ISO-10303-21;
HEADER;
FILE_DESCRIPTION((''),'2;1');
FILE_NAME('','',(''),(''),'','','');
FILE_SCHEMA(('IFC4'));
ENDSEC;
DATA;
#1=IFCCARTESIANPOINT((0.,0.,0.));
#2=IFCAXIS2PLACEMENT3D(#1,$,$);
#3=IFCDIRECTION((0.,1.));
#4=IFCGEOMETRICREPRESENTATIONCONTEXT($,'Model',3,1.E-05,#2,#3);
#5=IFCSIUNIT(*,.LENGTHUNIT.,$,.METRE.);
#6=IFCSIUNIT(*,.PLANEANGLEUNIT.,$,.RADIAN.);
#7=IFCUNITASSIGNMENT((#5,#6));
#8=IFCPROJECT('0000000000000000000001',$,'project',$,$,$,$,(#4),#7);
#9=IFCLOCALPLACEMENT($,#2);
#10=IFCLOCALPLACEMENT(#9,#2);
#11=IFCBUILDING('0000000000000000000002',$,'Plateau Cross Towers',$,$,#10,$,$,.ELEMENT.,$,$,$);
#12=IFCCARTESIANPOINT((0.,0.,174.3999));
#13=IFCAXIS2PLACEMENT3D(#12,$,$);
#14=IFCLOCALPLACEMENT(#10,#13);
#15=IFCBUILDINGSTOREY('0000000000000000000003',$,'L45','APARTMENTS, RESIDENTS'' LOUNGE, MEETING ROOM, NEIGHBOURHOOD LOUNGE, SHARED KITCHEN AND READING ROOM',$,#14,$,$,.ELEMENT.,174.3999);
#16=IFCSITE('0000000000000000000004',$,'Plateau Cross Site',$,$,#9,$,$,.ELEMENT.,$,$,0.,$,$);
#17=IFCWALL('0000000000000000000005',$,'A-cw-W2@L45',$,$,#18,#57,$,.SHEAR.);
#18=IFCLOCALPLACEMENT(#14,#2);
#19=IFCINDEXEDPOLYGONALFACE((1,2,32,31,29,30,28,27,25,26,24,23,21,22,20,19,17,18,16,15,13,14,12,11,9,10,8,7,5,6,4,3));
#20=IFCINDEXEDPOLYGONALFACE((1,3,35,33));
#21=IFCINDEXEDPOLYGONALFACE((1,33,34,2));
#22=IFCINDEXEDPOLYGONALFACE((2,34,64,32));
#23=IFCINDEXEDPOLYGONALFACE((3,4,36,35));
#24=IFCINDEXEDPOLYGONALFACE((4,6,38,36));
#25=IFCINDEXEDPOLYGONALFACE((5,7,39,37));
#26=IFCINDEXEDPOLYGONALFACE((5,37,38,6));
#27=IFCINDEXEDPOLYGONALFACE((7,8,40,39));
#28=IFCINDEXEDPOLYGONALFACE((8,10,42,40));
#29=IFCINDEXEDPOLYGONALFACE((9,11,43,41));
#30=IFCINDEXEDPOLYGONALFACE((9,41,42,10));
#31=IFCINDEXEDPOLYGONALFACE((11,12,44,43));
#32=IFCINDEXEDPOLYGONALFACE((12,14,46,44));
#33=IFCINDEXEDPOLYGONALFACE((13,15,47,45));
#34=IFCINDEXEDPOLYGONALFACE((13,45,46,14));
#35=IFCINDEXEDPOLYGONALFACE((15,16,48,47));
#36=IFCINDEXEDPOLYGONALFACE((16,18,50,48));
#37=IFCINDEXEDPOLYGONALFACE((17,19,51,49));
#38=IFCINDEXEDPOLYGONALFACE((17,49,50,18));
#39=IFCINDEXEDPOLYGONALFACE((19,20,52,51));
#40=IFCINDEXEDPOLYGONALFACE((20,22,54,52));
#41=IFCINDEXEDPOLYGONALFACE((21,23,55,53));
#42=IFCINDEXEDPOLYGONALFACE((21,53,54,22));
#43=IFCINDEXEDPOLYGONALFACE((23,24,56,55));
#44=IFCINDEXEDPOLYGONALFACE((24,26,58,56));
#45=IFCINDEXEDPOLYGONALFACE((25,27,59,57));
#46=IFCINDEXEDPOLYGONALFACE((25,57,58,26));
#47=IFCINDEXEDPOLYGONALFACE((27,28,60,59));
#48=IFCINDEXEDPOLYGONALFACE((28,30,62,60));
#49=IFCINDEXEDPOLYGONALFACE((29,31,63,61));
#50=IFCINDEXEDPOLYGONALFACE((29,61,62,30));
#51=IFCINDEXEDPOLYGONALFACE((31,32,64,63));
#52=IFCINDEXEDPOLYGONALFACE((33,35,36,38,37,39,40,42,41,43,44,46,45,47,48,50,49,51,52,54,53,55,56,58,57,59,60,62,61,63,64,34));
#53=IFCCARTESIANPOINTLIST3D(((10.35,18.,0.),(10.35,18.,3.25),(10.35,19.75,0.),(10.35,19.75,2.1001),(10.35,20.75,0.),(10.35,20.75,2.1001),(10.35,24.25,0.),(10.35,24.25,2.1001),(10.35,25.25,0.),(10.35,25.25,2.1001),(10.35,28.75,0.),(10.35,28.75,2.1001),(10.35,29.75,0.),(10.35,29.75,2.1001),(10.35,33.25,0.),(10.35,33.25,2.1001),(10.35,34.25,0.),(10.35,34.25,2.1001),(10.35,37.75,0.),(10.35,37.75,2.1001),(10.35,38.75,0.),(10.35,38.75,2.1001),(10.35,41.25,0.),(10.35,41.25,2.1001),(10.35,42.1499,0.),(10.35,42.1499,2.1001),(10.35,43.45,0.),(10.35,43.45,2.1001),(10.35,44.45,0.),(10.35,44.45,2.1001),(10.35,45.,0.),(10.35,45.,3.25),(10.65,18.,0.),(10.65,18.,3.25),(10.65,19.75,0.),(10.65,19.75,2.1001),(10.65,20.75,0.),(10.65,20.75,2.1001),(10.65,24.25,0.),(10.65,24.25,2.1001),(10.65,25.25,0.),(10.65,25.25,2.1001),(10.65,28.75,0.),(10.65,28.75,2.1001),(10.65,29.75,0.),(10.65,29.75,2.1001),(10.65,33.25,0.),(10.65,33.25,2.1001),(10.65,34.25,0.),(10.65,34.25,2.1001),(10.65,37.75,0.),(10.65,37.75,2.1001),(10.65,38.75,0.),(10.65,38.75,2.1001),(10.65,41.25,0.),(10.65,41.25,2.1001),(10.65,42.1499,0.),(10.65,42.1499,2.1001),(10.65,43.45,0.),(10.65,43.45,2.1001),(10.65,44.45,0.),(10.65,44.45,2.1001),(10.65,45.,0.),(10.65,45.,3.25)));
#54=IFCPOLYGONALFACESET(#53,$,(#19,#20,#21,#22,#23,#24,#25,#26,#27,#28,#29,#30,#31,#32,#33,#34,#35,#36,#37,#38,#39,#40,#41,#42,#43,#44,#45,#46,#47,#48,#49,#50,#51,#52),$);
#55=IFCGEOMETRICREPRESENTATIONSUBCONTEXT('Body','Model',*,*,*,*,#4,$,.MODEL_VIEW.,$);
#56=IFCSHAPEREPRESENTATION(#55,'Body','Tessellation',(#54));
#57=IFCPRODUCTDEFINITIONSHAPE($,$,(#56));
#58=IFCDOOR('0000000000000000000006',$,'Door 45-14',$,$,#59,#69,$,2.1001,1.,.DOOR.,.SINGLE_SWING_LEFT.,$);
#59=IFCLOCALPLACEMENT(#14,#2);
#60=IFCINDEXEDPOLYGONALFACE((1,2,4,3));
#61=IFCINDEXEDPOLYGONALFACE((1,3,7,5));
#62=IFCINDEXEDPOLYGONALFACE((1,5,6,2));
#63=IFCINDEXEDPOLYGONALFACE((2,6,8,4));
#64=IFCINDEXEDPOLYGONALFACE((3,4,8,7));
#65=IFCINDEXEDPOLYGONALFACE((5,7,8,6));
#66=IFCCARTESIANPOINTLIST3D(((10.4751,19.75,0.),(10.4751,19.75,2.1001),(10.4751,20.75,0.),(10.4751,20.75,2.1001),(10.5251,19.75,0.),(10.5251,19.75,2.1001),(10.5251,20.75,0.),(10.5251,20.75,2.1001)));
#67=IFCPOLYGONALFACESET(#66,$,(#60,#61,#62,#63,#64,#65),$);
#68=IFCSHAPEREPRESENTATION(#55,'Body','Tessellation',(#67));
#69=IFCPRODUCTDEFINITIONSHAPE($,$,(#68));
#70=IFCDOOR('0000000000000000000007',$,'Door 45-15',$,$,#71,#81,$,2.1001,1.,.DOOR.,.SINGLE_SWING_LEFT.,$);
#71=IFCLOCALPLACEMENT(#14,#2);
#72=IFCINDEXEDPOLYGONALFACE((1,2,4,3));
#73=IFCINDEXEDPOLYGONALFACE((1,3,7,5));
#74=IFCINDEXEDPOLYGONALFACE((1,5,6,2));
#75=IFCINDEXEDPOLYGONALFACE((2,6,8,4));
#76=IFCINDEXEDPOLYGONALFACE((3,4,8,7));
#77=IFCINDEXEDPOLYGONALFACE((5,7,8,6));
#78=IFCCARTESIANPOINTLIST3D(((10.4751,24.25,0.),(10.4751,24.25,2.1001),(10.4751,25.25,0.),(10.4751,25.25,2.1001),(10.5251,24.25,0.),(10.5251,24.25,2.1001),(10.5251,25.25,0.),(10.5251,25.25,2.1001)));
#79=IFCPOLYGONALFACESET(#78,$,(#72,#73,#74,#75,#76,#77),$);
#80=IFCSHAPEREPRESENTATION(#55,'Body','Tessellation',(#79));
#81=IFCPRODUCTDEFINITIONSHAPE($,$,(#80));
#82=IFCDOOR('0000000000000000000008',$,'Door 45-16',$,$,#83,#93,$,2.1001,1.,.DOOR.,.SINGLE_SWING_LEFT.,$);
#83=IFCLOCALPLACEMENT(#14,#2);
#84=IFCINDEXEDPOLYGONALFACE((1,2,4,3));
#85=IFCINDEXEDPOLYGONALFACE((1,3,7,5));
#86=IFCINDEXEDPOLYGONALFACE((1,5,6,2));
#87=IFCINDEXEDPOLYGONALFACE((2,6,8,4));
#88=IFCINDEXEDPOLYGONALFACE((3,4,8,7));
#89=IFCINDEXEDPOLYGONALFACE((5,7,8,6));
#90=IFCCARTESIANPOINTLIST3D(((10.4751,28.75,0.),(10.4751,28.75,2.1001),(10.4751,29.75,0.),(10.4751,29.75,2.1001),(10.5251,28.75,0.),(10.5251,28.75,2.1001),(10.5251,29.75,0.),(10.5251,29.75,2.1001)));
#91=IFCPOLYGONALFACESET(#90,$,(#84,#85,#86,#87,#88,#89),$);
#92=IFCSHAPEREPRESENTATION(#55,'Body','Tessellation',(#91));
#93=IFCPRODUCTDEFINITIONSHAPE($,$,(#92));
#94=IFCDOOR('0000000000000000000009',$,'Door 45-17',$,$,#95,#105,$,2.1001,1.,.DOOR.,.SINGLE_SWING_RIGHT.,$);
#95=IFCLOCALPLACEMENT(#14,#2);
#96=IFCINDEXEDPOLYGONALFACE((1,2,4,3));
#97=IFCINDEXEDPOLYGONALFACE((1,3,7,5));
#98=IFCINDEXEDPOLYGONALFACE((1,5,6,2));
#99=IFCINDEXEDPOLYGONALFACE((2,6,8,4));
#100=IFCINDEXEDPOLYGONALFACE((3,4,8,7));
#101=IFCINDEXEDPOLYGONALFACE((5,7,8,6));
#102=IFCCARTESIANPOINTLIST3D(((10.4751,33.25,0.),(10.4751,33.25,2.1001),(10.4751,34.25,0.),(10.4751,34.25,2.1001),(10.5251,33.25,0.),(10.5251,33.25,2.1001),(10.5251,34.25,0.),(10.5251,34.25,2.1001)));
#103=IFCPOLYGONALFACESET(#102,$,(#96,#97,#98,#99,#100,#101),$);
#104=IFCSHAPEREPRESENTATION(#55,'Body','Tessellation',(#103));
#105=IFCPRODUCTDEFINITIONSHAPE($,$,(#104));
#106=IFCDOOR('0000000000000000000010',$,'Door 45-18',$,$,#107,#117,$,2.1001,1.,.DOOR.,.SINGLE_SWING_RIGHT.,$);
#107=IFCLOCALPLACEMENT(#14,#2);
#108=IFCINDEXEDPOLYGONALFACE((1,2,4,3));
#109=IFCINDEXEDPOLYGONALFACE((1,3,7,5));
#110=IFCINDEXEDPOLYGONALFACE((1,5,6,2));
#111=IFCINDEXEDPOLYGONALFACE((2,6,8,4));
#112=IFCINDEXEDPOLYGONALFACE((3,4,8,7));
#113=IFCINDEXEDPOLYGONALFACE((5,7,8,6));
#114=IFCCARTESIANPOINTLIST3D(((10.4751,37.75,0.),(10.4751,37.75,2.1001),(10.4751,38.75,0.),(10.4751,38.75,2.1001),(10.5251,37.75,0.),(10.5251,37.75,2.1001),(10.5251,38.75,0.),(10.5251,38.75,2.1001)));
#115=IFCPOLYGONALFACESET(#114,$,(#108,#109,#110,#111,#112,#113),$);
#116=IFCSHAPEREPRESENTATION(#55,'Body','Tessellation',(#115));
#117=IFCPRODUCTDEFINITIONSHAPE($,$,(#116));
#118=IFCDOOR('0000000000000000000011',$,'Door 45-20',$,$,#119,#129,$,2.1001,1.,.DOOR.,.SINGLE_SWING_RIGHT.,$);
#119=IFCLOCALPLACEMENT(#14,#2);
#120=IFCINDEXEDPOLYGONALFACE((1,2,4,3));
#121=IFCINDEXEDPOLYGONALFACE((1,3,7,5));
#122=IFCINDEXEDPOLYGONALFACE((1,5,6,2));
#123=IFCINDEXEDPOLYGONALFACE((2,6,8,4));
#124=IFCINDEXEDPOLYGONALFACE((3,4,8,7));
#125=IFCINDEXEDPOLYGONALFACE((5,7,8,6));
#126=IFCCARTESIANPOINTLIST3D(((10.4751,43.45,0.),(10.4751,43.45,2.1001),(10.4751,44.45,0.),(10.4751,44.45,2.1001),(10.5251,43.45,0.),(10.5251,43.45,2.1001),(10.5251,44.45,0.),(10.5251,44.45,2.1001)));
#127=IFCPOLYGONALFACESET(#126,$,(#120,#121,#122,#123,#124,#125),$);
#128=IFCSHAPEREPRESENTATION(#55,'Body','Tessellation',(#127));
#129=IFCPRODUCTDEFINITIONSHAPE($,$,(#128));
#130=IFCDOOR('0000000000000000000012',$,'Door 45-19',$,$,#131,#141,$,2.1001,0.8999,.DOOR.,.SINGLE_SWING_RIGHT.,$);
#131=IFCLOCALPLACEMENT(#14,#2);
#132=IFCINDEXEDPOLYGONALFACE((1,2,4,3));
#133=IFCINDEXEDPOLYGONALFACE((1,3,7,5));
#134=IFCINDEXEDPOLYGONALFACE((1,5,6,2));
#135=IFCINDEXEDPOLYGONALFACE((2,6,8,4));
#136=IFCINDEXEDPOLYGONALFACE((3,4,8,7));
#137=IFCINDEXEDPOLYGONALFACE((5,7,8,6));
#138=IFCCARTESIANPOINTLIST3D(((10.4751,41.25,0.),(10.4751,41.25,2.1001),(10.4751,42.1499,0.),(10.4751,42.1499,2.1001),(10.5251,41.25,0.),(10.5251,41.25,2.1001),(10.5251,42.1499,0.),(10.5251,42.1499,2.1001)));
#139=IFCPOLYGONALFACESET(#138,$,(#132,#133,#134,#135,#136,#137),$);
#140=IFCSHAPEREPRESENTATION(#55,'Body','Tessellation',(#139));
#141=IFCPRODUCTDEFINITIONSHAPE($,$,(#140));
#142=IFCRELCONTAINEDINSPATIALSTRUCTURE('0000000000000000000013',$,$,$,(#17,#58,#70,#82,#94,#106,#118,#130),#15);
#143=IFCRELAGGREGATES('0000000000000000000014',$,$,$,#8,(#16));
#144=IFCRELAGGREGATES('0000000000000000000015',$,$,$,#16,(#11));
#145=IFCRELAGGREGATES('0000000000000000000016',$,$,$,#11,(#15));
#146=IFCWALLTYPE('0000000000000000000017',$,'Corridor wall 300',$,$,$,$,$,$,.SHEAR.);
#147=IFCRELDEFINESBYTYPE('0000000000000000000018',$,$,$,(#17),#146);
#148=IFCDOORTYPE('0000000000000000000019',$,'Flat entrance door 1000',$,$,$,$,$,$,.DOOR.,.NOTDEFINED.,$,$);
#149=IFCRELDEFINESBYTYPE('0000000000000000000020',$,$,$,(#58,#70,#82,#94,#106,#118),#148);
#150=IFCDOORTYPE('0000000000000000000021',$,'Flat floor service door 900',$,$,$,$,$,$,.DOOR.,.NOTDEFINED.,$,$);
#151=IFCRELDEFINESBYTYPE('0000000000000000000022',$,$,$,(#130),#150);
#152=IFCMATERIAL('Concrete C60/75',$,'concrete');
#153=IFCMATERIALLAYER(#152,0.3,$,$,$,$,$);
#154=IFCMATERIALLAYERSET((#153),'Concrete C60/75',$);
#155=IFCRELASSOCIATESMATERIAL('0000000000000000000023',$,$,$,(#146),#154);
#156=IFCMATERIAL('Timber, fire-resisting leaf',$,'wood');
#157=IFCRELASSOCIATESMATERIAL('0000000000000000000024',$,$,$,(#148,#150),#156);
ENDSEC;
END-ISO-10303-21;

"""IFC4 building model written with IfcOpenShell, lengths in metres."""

from ifc_helpers import new_model, si_unit, direction, frame, frame_2d, origin, place, context, subcontext, project, spatial, rectangle, extrude, material, layer, layer_set, type_object, element, fill, save


model = new_model("IFC4")

# Units and contexts
model_context = context("Model", 3, precision=1e-05, world=origin(), true_north=direction((0.0, 1.0)))
body_context = subcontext(model_context, "Body", "Model", "MODEL_VIEW")
ifc_project = project(units=[si_unit("LENGTHUNIT", "METRE"), si_unit("PLANEANGLEUNIT", "RADIAN")], contexts=[model_context])

# Site, building, storey
site_placement = place(None, origin())
site = spatial("IfcSite", under=ifc_project, at=site_placement, Name="Plateau Cross Site", CompositionType="ELEMENT", RefElevation=0.0)
building_placement = place(site_placement, origin())
building = spatial("IfcBuilding", under=site, at=building_placement, Name="Plateau Cross Towers", CompositionType="ELEMENT")
storey_placement = place(building_placement, frame((0.0, 0.0, 174.3999)))
storey = spatial("IfcBuildingStorey", under=building, at=storey_placement, Name="L45", Description="APARTMENTS, RESIDENTS' LOUNGE, MEETING ROOM, NEIGHBOURHOOD LOUNGE, SHARED KITCHEN AND READING ROOM", CompositionType="ELEMENT", Elevation=174.3999)

# Shared definitions
ifc_material_1 = material(Name="Concrete C60/75", Category="concrete")

# Wall, openings, doors
ifc_layer_1 = layer(ifc_material_1, 0.3)
ifc_layer_set_1 = layer_set([ifc_layer_1], Name="Concrete C60/75")
wall_type_1 = type_object("IfcWallType", Name="Corridor wall 300", PredefinedType="SHEAR", material=ifc_layer_set_1)
wall_1_placement = place(storey_placement, frame((10.5, 18.0, 0.0), z_axis=(0.0, 0.0, 1.0), x_axis=(0.0, 1.0, 0.0)))
wall_1 = element("IfcWall", 1, at=wall_1_placement, inside=storey, type_object=wall_type_1, Name="A-cw-W2@L45", PredefinedType="SHEAR", context=body_context, shape_type="SweptSolid", body=[
    extrude(rectangle(XDim=27.0, YDim=0.3, at=frame_2d((13.5, 0.0))), origin(), (0.0, 0.0, 1.0), 3.25),
])
opening_1_placement = place(wall_1_placement, frame((1.75, 0.0, 0.0)))
opening_1 = element("IfcOpeningElement", 2, at=opening_1_placement, cuts=wall_1, PredefinedType="OPENING", context=body_context, shape_type="SweptSolid", body=[
    extrude(rectangle(XDim=1.0, YDim=2.1001, at=frame_2d((0.5, 1.05))), frame((0.0, 0.1599, 0.0), z_axis=(0.0, -1.0, 0.0), x_axis=(1.0, 0.0, 0.0)), (0.0, 0.0, 1.0), 0.3201),
])
opening_2_placement = place(wall_1_placement, frame((6.25, 0.0, 0.0)))
opening_2 = element("IfcOpeningElement", 3, at=opening_2_placement, cuts=wall_1, PredefinedType="OPENING", context=body_context, shape_type="SweptSolid", body=[
    extrude(rectangle(XDim=1.0, YDim=2.1001, at=frame_2d((0.5, 1.05))), frame((0.0, 0.1599, 0.0), z_axis=(0.0, -1.0, 0.0), x_axis=(1.0, 0.0, 0.0)), (0.0, 0.0, 1.0), 0.3201),
])
opening_3_placement = place(wall_1_placement, frame((10.75, 0.0, 0.0)))
opening_3 = element("IfcOpeningElement", 4, at=opening_3_placement, cuts=wall_1, PredefinedType="OPENING", context=body_context, shape_type="SweptSolid", body=[
    extrude(rectangle(XDim=1.0, YDim=2.1001, at=frame_2d((0.5, 1.05))), frame((0.0, 0.1599, 0.0), z_axis=(0.0, -1.0, 0.0), x_axis=(1.0, 0.0, 0.0)), (0.0, 0.0, 1.0), 0.3201),
])
opening_4_placement = place(wall_1_placement, frame((15.25, 0.0, 0.0)))
opening_4 = element("IfcOpeningElement", 5, at=opening_4_placement, cuts=wall_1, PredefinedType="OPENING", context=body_context, shape_type="SweptSolid", body=[
    extrude(rectangle(XDim=1.0, YDim=2.1001, at=frame_2d((0.5, 1.05))), frame((0.0, 0.1599, 0.0), z_axis=(0.0, -1.0, 0.0), x_axis=(1.0, 0.0, 0.0)), (0.0, 0.0, 1.0), 0.3201),
])
opening_5_placement = place(wall_1_placement, frame((19.75, 0.0, 0.0)))
opening_5 = element("IfcOpeningElement", 6, at=opening_5_placement, cuts=wall_1, PredefinedType="OPENING", context=body_context, shape_type="SweptSolid", body=[
    extrude(rectangle(XDim=1.0, YDim=2.1001, at=frame_2d((0.5, 1.05))), frame((0.0, 0.1599, 0.0), z_axis=(0.0, -1.0, 0.0), x_axis=(1.0, 0.0, 0.0)), (0.0, 0.0, 1.0), 0.3201),
])
opening_6_placement = place(wall_1_placement, frame((23.25, 0.0, 0.0)))
opening_6 = element("IfcOpeningElement", 7, at=opening_6_placement, cuts=wall_1, PredefinedType="OPENING", context=body_context, shape_type="SweptSolid", body=[
    extrude(rectangle(XDim=0.8999, YDim=2.1001, at=frame_2d((0.45, 1.05))), frame((0.0, 0.1599, 0.0), z_axis=(0.0, -1.0, 0.0), x_axis=(1.0, 0.0, 0.0)), (0.0, 0.0, 1.0), 0.3201),
])
opening_7_placement = place(wall_1_placement, frame((25.45, 0.0, 0.0)))
opening_7 = element("IfcOpeningElement", 8, at=opening_7_placement, cuts=wall_1, PredefinedType="OPENING", context=body_context, shape_type="SweptSolid", body=[
    extrude(rectangle(XDim=1.0, YDim=2.1001, at=frame_2d((0.5, 1.05))), frame((0.0, 0.1599, 0.0), z_axis=(0.0, -1.0, 0.0), x_axis=(1.0, 0.0, 0.0)), (0.0, 0.0, 1.0), 0.3201),
])
ifc_material_2 = material(Name="Timber, fire-resisting leaf", Category="wood")
door_type_1 = type_object("IfcDoorType", Name="Flat entrance door 1000", OperationType="NOTDEFINED", PredefinedType="DOOR", material=ifc_material_2)
door_1_placement = place(opening_1_placement, origin())
door_1 = element("IfcDoor", 9, at=door_1_placement, inside=storey, type_object=door_type_1, Name="Door 45-14", OperationType="SINGLE_SWING_LEFT", OverallHeight=2.1001, OverallWidth=1.0, PredefinedType="DOOR", context=body_context, shape_type="SweptSolid", body=[
    extrude(rectangle(XDim=1.0, YDim=2.1001, at=frame_2d((0.5, 1.05))), frame((0.0, 0.0249, 0.0), z_axis=(0.0, -1.0, 0.0), x_axis=(1.0, 0.0, 0.0)), (0.0, 0.0, 1.0), 0.05),
])
fill(opening_1, door_1)
door_2_placement = place(opening_2_placement, origin())
door_2 = element("IfcDoor", 10, at=door_2_placement, inside=storey, type_object=door_type_1, Name="Door 45-15", OperationType="SINGLE_SWING_LEFT", OverallHeight=2.1001, OverallWidth=1.0, PredefinedType="DOOR", context=body_context, shape_type="SweptSolid", body=[
    extrude(rectangle(XDim=1.0, YDim=2.1001, at=frame_2d((0.5, 1.05))), frame((0.0, 0.0249, 0.0), z_axis=(0.0, -1.0, 0.0), x_axis=(1.0, 0.0, 0.0)), (0.0, 0.0, 1.0), 0.05),
])
fill(opening_2, door_2)
door_3_placement = place(opening_3_placement, origin())
door_3 = element("IfcDoor", 11, at=door_3_placement, inside=storey, type_object=door_type_1, Name="Door 45-16", OperationType="SINGLE_SWING_LEFT", OverallHeight=2.1001, OverallWidth=1.0, PredefinedType="DOOR", context=body_context, shape_type="SweptSolid", body=[
    extrude(rectangle(XDim=1.0, YDim=2.1001, at=frame_2d((0.5, 1.05))), frame((0.0, 0.0249, 0.0), z_axis=(0.0, -1.0, 0.0), x_axis=(1.0, 0.0, 0.0)), (0.0, 0.0, 1.0), 0.05),
])
fill(opening_3, door_3)
door_4_placement = place(opening_4_placement, origin())
door_4 = element("IfcDoor", 12, at=door_4_placement, inside=storey, type_object=door_type_1, Name="Door 45-17", OperationType="SINGLE_SWING_RIGHT", OverallHeight=2.1001, OverallWidth=1.0, PredefinedType="DOOR", context=body_context, shape_type="SweptSolid", body=[
    extrude(rectangle(XDim=1.0, YDim=2.1001, at=frame_2d((0.5, 1.05))), frame((0.0, 0.0249, 0.0), z_axis=(0.0, -1.0, 0.0), x_axis=(1.0, 0.0, 0.0)), (0.0, 0.0, 1.0), 0.05),
])
fill(opening_4, door_4)
door_5_placement = place(opening_5_placement, origin())
door_5 = element("IfcDoor", 13, at=door_5_placement, inside=storey, type_object=door_type_1, Name="Door 45-18", OperationType="SINGLE_SWING_RIGHT", OverallHeight=2.1001, OverallWidth=1.0, PredefinedType="DOOR", context=body_context, shape_type="SweptSolid", body=[
    extrude(rectangle(XDim=1.0, YDim=2.1001, at=frame_2d((0.5, 1.05))), frame((0.0, 0.0249, 0.0), z_axis=(0.0, -1.0, 0.0), x_axis=(1.0, 0.0, 0.0)), (0.0, 0.0, 1.0), 0.05),
])
fill(opening_5, door_5)
door_6_placement = place(opening_7_placement, origin())
door_6 = element("IfcDoor", 14, at=door_6_placement, inside=storey, type_object=door_type_1, Name="Door 45-20", OperationType="SINGLE_SWING_RIGHT", OverallHeight=2.1001, OverallWidth=1.0, PredefinedType="DOOR", context=body_context, shape_type="SweptSolid", body=[
    extrude(rectangle(XDim=1.0, YDim=2.1001, at=frame_2d((0.5, 1.05))), frame((0.0, 0.0249, 0.0), z_axis=(0.0, -1.0, 0.0), x_axis=(1.0, 0.0, 0.0)), (0.0, 0.0, 1.0), 0.05),
])
fill(opening_7, door_6)
door_type_2 = type_object("IfcDoorType", Name="Flat floor service door 900", OperationType="NOTDEFINED", PredefinedType="DOOR", material=ifc_material_2)
door_7_placement = place(opening_6_placement, origin())
door_7 = element("IfcDoor", 15, at=door_7_placement, inside=storey, type_object=door_type_2, Name="Door 45-19", OperationType="SINGLE_SWING_RIGHT", OverallHeight=2.1001, OverallWidth=0.8999, PredefinedType="DOOR", context=body_context, shape_type="SweptSolid", body=[
    extrude(rectangle(XDim=0.8999, YDim=2.1001, at=frame_2d((0.45, 1.05))), frame((0.0, 0.0249, 0.0), z_axis=(0.0, -1.0, 0.0), x_axis=(1.0, 0.0, 0.0)), (0.0, 0.0, 1.0), 0.05),
])
fill(opening_6, door_7)

save(model, "model.ifc")
